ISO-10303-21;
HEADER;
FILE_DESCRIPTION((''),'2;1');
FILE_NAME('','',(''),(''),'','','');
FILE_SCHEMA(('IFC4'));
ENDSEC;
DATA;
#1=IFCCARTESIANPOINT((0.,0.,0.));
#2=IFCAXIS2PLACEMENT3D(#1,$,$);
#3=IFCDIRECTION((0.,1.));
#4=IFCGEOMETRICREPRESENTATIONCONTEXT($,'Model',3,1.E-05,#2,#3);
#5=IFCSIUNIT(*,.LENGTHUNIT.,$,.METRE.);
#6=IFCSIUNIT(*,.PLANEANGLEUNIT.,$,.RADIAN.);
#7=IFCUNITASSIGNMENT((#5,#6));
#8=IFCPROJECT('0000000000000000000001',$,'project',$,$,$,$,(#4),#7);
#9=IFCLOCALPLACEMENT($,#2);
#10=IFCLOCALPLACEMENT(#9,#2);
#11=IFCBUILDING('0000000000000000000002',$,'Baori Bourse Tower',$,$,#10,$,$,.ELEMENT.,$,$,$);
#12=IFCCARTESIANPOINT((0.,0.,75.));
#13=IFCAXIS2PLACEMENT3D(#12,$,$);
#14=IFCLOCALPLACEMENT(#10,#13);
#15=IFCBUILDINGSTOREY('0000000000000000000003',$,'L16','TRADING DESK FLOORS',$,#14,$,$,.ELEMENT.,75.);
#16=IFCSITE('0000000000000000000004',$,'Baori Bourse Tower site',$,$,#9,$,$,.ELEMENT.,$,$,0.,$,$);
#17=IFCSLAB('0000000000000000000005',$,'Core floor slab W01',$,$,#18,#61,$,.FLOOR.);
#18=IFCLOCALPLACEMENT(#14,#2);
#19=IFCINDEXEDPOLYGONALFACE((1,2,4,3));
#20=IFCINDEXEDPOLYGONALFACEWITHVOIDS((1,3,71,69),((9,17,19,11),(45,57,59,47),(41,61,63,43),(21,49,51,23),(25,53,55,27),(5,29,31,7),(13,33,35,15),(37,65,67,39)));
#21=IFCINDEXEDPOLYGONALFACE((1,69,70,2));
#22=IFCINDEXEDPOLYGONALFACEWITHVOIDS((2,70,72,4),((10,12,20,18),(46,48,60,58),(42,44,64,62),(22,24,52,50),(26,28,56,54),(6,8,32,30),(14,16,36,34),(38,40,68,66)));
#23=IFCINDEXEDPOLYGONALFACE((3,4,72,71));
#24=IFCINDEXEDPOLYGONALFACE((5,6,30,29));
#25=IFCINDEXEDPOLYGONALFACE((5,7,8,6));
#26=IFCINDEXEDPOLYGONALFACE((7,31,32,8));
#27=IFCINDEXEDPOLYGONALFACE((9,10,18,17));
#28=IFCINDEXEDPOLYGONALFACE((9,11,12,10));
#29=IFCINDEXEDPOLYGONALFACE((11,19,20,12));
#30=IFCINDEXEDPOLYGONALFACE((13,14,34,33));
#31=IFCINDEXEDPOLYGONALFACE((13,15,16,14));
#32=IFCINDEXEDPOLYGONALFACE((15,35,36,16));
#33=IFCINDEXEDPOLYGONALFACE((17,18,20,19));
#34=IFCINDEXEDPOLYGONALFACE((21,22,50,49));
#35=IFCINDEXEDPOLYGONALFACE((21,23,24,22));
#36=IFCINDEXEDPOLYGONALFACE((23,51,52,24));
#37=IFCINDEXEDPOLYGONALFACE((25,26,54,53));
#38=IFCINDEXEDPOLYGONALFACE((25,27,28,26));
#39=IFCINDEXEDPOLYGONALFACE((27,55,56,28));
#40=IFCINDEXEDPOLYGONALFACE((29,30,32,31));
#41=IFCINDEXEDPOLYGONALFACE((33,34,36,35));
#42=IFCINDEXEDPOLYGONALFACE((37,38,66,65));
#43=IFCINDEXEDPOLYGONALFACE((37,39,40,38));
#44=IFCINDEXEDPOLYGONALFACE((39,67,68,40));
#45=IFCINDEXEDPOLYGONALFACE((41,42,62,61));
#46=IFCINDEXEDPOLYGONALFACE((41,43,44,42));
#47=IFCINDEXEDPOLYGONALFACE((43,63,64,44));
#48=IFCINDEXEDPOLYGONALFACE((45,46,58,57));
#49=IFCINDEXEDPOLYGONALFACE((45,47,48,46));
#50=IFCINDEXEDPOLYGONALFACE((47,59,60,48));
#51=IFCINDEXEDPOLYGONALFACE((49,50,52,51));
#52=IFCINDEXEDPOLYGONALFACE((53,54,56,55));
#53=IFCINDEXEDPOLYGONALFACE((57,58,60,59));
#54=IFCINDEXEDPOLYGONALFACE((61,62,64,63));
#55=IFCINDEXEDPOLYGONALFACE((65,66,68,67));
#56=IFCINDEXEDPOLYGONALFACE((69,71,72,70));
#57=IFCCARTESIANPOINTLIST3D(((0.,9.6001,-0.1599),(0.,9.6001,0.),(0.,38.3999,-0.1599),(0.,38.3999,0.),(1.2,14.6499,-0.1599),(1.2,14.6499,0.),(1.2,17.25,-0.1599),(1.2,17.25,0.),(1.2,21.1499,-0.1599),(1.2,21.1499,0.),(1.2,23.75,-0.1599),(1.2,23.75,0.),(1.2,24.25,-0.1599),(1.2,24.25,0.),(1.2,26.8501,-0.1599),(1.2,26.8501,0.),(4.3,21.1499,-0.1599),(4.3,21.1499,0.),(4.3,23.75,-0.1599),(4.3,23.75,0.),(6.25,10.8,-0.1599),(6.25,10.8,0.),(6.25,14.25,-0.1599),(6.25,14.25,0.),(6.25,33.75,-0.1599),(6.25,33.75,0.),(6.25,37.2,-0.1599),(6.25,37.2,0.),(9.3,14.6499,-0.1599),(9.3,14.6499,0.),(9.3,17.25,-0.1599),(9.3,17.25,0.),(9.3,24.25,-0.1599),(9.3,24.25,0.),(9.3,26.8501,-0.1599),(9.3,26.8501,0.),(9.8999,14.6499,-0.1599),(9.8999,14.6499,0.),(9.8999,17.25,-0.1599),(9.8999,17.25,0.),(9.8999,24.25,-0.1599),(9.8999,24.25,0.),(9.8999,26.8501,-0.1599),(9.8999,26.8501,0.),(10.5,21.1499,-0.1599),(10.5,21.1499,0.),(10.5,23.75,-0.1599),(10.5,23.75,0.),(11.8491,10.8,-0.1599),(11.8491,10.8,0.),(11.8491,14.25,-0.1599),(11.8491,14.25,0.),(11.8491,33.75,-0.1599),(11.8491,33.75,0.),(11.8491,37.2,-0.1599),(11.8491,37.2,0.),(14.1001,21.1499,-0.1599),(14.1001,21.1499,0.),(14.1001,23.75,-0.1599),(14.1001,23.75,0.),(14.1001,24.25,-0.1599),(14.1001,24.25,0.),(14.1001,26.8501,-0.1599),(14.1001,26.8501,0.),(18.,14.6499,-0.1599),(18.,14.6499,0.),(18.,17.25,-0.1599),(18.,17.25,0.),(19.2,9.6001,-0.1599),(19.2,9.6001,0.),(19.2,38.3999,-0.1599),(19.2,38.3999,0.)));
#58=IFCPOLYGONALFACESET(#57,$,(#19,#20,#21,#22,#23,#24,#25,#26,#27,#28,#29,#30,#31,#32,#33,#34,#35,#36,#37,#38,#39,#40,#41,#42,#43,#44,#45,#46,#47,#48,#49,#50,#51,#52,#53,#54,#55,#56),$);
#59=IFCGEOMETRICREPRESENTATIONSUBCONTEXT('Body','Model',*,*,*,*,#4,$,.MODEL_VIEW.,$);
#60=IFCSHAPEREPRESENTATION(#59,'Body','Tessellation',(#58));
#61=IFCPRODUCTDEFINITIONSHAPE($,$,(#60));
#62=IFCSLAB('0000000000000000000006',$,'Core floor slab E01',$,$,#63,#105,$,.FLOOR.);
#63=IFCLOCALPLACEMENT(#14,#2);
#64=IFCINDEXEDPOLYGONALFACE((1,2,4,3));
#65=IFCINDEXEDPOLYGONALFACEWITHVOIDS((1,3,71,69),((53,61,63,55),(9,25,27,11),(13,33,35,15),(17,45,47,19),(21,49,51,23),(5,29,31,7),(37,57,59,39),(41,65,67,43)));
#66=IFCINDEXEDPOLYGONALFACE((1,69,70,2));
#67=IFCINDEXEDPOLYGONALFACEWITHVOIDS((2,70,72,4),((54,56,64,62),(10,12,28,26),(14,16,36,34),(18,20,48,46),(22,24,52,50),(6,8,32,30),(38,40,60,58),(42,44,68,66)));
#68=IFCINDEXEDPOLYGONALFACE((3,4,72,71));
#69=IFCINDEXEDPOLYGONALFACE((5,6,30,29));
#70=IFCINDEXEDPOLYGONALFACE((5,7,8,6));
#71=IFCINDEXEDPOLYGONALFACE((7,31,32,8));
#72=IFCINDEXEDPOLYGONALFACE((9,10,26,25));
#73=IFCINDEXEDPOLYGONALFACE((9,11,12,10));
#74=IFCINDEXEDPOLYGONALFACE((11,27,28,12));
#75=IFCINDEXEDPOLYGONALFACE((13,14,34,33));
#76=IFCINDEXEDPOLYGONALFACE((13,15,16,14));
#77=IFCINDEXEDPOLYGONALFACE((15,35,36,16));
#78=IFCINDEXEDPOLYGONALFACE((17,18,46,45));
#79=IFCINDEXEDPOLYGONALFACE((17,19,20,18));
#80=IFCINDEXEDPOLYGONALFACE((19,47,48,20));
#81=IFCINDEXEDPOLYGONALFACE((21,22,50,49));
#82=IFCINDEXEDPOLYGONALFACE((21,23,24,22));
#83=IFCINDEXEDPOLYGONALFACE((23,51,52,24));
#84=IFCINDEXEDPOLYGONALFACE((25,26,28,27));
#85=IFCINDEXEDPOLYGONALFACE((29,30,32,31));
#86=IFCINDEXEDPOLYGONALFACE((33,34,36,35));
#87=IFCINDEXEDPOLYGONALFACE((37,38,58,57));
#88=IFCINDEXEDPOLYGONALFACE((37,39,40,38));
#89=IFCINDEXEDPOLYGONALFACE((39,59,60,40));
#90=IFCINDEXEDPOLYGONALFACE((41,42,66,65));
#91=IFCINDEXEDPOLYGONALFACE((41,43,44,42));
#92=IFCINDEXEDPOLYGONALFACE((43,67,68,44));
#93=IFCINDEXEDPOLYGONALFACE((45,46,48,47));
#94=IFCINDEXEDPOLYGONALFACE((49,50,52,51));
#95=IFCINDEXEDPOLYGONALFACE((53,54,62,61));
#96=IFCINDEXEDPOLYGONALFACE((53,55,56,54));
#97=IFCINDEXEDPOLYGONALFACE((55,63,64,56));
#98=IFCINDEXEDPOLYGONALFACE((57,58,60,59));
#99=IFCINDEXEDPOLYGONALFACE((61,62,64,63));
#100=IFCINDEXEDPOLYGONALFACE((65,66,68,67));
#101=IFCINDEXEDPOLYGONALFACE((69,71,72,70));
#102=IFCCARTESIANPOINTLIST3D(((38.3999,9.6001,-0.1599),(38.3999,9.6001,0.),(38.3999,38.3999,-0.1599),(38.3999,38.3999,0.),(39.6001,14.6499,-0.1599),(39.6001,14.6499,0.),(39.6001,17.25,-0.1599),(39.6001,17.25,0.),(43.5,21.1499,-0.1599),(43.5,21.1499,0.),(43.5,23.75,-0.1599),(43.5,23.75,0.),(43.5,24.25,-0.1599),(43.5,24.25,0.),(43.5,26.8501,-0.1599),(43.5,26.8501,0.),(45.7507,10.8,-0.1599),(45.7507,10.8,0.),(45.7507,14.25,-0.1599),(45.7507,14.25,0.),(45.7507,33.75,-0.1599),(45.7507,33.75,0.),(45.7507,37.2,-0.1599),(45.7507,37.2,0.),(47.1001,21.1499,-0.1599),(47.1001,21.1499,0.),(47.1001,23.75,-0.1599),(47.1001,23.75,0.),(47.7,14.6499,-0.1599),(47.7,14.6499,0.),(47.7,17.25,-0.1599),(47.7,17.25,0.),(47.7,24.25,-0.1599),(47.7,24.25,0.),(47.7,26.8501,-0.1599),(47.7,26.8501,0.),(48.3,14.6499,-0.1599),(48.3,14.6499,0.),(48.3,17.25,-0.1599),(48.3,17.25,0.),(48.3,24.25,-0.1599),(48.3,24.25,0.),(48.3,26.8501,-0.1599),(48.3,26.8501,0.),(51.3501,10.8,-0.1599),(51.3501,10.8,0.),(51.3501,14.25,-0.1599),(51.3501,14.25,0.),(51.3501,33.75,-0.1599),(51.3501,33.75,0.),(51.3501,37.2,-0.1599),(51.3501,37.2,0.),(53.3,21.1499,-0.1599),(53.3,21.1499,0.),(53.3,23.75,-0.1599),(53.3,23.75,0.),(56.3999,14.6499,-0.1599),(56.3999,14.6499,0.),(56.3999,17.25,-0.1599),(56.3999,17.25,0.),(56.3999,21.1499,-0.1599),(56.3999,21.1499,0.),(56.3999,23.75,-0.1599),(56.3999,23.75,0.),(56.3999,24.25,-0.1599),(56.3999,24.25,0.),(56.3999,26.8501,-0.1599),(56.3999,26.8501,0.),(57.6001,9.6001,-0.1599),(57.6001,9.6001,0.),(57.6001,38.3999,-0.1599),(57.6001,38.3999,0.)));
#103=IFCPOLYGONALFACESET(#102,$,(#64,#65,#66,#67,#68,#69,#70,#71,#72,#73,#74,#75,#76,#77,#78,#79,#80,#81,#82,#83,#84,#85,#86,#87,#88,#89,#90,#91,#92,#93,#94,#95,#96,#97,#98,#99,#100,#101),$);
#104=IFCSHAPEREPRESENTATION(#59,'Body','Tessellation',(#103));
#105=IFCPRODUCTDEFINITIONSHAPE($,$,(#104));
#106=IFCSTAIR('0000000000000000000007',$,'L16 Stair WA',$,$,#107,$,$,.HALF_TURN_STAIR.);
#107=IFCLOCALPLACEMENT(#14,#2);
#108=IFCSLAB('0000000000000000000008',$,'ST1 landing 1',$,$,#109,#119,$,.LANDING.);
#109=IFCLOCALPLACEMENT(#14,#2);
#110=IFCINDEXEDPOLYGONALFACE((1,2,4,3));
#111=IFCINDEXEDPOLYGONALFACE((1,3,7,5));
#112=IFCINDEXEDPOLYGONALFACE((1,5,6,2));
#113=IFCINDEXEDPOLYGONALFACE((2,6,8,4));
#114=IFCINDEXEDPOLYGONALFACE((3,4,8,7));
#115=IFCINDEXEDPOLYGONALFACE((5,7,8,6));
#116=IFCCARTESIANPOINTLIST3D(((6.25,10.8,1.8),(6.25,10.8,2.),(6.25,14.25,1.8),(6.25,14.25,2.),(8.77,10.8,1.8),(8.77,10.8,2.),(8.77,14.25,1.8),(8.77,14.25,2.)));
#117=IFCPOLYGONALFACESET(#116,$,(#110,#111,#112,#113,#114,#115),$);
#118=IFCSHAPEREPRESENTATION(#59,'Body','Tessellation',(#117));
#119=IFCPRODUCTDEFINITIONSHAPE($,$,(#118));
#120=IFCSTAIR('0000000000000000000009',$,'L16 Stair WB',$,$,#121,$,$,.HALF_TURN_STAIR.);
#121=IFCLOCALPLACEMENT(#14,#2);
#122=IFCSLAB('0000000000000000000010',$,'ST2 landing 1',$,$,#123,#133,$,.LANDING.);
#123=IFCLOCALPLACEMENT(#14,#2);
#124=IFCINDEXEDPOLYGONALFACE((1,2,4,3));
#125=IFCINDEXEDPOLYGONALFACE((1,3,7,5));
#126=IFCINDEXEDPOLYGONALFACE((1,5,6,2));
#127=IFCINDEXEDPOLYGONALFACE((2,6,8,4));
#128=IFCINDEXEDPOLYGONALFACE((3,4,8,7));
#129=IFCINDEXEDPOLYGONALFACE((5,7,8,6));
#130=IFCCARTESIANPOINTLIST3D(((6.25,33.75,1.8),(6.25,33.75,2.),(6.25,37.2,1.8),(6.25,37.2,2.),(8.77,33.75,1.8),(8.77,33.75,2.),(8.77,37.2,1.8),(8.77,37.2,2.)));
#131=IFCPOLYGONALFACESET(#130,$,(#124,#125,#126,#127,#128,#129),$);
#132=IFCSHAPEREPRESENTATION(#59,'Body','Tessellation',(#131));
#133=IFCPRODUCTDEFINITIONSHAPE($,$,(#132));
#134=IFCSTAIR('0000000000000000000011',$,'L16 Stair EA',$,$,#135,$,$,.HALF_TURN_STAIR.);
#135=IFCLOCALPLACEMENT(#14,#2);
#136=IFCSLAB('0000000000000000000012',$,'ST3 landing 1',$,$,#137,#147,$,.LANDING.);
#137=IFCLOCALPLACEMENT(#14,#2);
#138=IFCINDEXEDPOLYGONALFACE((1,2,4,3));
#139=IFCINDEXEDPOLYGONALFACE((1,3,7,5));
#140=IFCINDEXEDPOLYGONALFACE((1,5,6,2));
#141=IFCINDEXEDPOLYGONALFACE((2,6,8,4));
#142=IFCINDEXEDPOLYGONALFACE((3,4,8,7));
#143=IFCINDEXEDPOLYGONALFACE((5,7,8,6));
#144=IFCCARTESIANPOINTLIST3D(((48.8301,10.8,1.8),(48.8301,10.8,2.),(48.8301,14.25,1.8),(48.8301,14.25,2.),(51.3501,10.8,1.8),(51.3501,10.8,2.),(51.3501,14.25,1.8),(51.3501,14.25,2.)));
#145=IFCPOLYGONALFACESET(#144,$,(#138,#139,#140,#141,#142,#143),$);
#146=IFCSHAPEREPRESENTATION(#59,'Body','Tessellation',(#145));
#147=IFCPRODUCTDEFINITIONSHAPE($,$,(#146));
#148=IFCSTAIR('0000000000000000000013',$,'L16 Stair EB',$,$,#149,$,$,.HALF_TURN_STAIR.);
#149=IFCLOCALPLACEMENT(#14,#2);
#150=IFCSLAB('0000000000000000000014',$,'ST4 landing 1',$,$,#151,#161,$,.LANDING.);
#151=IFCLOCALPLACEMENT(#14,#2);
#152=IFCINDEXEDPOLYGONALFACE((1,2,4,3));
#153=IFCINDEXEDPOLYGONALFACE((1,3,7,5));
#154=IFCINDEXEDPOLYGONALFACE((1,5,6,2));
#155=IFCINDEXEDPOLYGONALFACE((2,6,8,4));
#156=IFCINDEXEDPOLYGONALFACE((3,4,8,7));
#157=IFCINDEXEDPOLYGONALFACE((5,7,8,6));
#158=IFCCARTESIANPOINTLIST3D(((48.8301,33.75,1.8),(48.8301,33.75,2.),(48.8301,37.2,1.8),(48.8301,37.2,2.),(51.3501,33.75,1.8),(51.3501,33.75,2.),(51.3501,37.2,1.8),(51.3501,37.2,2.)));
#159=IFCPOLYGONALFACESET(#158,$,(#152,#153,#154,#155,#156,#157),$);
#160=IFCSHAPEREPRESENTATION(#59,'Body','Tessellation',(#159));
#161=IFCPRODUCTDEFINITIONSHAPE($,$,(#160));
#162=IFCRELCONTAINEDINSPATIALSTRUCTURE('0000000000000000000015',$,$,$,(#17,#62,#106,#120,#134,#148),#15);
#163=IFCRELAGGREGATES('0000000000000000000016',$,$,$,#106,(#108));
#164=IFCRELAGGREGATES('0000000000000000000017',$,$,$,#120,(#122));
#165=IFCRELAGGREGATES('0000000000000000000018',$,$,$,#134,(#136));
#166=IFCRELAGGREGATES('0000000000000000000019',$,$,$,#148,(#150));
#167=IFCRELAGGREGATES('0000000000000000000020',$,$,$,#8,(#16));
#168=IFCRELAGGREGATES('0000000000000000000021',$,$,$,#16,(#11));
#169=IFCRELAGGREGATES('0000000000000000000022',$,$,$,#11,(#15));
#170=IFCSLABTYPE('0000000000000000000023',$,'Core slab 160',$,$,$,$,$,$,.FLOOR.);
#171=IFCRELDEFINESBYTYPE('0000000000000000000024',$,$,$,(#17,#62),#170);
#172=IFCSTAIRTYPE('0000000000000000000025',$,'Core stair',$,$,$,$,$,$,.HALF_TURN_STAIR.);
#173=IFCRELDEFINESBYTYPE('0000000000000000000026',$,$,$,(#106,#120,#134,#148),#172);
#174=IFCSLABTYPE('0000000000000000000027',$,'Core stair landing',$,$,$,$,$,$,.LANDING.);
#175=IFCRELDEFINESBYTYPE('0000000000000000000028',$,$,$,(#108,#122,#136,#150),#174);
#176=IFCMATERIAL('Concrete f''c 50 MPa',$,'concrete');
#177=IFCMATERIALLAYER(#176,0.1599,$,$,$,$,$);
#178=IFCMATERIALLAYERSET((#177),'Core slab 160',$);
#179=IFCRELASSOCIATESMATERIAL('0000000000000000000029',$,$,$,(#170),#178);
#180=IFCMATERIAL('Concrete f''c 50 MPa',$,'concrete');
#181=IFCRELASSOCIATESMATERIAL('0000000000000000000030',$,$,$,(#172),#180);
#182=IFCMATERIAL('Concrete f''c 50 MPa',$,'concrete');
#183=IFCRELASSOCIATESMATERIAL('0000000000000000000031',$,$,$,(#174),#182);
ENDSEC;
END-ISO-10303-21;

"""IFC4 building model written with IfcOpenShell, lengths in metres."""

from ifc_helpers import new_model, si_unit, direction, frame, origin, place, context, subcontext, project, spatial, polyline, outline, extrude, material, layer, layer_set, type_object, element, aggregate, save


model = new_model("IFC4")

# Units and contexts
model_context = context("Model", 3, precision=1e-05, world=origin(), true_north=direction((0.0, 1.0)))
body_context = subcontext(model_context, "Body", "Model", "MODEL_VIEW")
ifc_project = project(units=[si_unit("LENGTHUNIT", "METRE"), si_unit("PLANEANGLEUNIT", "RADIAN")], contexts=[model_context])

# Site, building, storey
site_placement = place(None, origin())
site = spatial("IfcSite", under=ifc_project, at=site_placement, Name="Baori Bourse Tower site", CompositionType="ELEMENT", RefElevation=0.0)
building_placement = place(site_placement, origin())
building = spatial("IfcBuilding", under=site, at=building_placement, Name="Baori Bourse Tower", CompositionType="ELEMENT")
storey_placement = place(building_placement, frame((0.0, 0.0, 75.0)))
storey = spatial("IfcBuildingStorey", under=building, at=storey_placement, Name="L16", Description="TRADING DESK FLOORS", CompositionType="ELEMENT", Elevation=75.0)

# Slabs
ifc_material_1 = material(Name="Concrete f'c 50 MPa", Category="concrete")
ifc_layer_1 = layer(ifc_material_1, 0.1599)
ifc_layer_set_1 = layer_set([ifc_layer_1], Name="Core slab 160")
slab_type_1 = type_object("IfcSlabType", Name="Core slab 160", PredefinedType="FLOOR", material=ifc_layer_set_1)
slab_1_placement = place(storey_placement, frame((0.0, 0.0, -0.1599)))
element("IfcSlab", 1, at=slab_1_placement, inside=storey, type_object=slab_type_1, Name="Core floor slab W01", PredefinedType="FLOOR", context=body_context, shape_type="SweptSolid", body=[
    extrude(outline(polyline([(19.2, 9.6001), (19.2, 38.3999), (0.0, 38.3999), (0.0, 9.6001), (19.2, 9.6001)]), holes=[polyline([(9.8999, 14.6499), (9.8999, 17.25), (18.0, 17.25), (18.0, 14.6499), (9.8999, 14.6499)]), polyline([(10.5, 21.1499), (10.5, 23.75), (14.1001, 23.75), (14.1001, 21.1499), (10.5, 21.1499)]), polyline([(14.1001, 24.25), (9.8999, 24.25), (9.8999, 26.8501), (14.1001, 26.8501), (14.1001, 24.25)]), polyline([(6.25, 14.25), (11.8491, 14.25), (11.8491, 10.8), (6.25, 10.8), (6.25, 14.25)]), polyline([(11.8491, 37.2), (11.8491, 33.75), (6.25, 33.75), (6.25, 37.2), (11.8491, 37.2)]), polyline([(1.2, 26.8501), (9.3, 26.8501), (9.3, 24.25), (1.2, 24.25), (1.2, 26.8501)]), polyline([(9.3, 14.6499), (1.2, 14.6499), (1.2, 17.25), (9.3, 17.25), (9.3, 14.6499)]), polyline([(4.3, 23.75), (4.3, 21.1499), (1.2, 21.1499), (1.2, 23.75), (4.3, 23.75)])]), origin(), (0.0, 0.0, 1.0), 0.1599),
])
slab_2_placement = place(storey_placement, frame((0.0, 0.0, -0.1599)))
element("IfcSlab", 2, at=slab_2_placement, inside=storey, type_object=slab_type_1, Name="Core floor slab E01", PredefinedType="FLOOR", context=body_context, shape_type="SweptSolid", body=[
    extrude(outline(polyline([(38.3999, 9.6001), (57.6001, 9.6001), (57.6001, 38.3999), (38.3999, 38.3999), (38.3999, 9.6001)]), holes=[polyline([(48.3, 14.6499), (48.3, 17.25), (56.3999, 17.25), (56.3999, 14.6499), (48.3, 14.6499)]), polyline([(56.3999, 21.1499), (53.3, 21.1499), (53.3, 23.75), (56.3999, 23.75), (56.3999, 21.1499)]), polyline([(56.3999, 26.8501), (56.3999, 24.25), (48.3, 24.25), (48.3, 26.8501), (56.3999, 26.8501)]), polyline([(45.7507, 14.25), (51.3501, 14.25), (51.3501, 10.8), (45.7507, 10.8), (45.7507, 14.25)]), polyline([(51.3501, 37.2), (51.3501, 33.75), (45.7507, 33.75), (45.7507, 37.2), (51.3501, 37.2)]), polyline([(39.6001, 17.25), (47.7, 17.25), (47.7, 14.6499), (39.6001, 14.6499), (39.6001, 17.25)]), polyline([(43.5, 24.25), (43.5, 26.8501), (47.7, 26.8501), (47.7, 24.25), (43.5, 24.25)]), polyline([(43.5, 23.75), (47.1001, 23.75), (47.1001, 21.1499), (43.5, 21.1499), (43.5, 23.75)])]), origin(), (0.0, 0.0, 1.0), 0.1599),
])

# Stairs, slabs
ifc_material_2 = material(Name="Concrete f'c 50 MPa", Category="concrete")
stair_type = type_object("IfcStairType", Name="Core stair", PredefinedType="HALF_TURN_STAIR", material=ifc_material_2)
stair_1_placement = place(storey_placement, origin())
stair_1 = element("IfcStair", 3, at=stair_1_placement, inside=storey, type_object=stair_type, Name="L16 Stair WA", PredefinedType="HALF_TURN_STAIR")
ifc_material_3 = material(Name="Concrete f'c 50 MPa", Category="concrete")
slab_type_2 = type_object("IfcSlabType", Name="Core stair landing", PredefinedType="LANDING", material=ifc_material_3)
slab_3_placement = place(storey_placement, frame((0.0, 0.0, 1.8)))
slab_3 = element("IfcSlab", 4, at=slab_3_placement, type_object=slab_type_2, Name="ST1 landing 1", PredefinedType="LANDING", context=body_context, shape_type="SweptSolid", body=[
    extrude(outline(polyline([(8.77, 14.25), (6.25, 14.25), (6.25, 10.8), (8.77, 10.8), (8.77, 14.25)])), origin(), (0.0, 0.0, 1.0), 0.2),
])
aggregate(stair_1, [slab_3])
stair_2_placement = place(storey_placement, origin())
stair_2 = element("IfcStair", 5, at=stair_2_placement, inside=storey, type_object=stair_type, Name="L16 Stair WB", PredefinedType="HALF_TURN_STAIR")
slab_4_placement = place(storey_placement, frame((0.0, 0.0, 1.8)))
slab_4 = element("IfcSlab", 6, at=slab_4_placement, type_object=slab_type_2, Name="ST2 landing 1", PredefinedType="LANDING", context=body_context, shape_type="SweptSolid", body=[
    extrude(outline(polyline([(8.77, 37.2), (6.25, 37.2), (6.25, 33.75), (8.77, 33.75), (8.77, 37.2)])), origin(), (0.0, 0.0, 1.0), 0.2),
])
aggregate(stair_2, [slab_4])
stair_3_placement = place(storey_placement, origin())
stair_3 = element("IfcStair", 7, at=stair_3_placement, inside=storey, type_object=stair_type, Name="L16 Stair EA", PredefinedType="HALF_TURN_STAIR")
slab_5_placement = place(storey_placement, frame((0.0, 0.0, 1.8)))
slab_5 = element("IfcSlab", 8, at=slab_5_placement, type_object=slab_type_2, Name="ST3 landing 1", PredefinedType="LANDING", context=body_context, shape_type="SweptSolid", body=[
    extrude(outline(polyline([(48.8301, 10.8), (51.3501, 10.8), (51.3501, 14.25), (48.8301, 14.25), (48.8301, 10.8)])), origin(), (0.0, 0.0, 1.0), 0.2),
])
aggregate(stair_3, [slab_5])
stair_4_placement = place(storey_placement, origin())
stair_4 = element("IfcStair", 9, at=stair_4_placement, inside=storey, type_object=stair_type, Name="L16 Stair EB", PredefinedType="HALF_TURN_STAIR")
slab_6_placement = place(storey_placement, frame((0.0, 0.0, 1.8)))
slab_6 = element("IfcSlab", 10, at=slab_6_placement, type_object=slab_type_2, Name="ST4 landing 1", PredefinedType="LANDING", context=body_context, shape_type="SweptSolid", body=[
    extrude(outline(polyline([(48.8301, 33.75), (51.3501, 33.75), (51.3501, 37.2), (48.8301, 37.2), (48.8301, 33.75)])), origin(), (0.0, 0.0, 1.0), 0.2),
])
aggregate(stair_4, [slab_6])

save(model, "model.ifc")
